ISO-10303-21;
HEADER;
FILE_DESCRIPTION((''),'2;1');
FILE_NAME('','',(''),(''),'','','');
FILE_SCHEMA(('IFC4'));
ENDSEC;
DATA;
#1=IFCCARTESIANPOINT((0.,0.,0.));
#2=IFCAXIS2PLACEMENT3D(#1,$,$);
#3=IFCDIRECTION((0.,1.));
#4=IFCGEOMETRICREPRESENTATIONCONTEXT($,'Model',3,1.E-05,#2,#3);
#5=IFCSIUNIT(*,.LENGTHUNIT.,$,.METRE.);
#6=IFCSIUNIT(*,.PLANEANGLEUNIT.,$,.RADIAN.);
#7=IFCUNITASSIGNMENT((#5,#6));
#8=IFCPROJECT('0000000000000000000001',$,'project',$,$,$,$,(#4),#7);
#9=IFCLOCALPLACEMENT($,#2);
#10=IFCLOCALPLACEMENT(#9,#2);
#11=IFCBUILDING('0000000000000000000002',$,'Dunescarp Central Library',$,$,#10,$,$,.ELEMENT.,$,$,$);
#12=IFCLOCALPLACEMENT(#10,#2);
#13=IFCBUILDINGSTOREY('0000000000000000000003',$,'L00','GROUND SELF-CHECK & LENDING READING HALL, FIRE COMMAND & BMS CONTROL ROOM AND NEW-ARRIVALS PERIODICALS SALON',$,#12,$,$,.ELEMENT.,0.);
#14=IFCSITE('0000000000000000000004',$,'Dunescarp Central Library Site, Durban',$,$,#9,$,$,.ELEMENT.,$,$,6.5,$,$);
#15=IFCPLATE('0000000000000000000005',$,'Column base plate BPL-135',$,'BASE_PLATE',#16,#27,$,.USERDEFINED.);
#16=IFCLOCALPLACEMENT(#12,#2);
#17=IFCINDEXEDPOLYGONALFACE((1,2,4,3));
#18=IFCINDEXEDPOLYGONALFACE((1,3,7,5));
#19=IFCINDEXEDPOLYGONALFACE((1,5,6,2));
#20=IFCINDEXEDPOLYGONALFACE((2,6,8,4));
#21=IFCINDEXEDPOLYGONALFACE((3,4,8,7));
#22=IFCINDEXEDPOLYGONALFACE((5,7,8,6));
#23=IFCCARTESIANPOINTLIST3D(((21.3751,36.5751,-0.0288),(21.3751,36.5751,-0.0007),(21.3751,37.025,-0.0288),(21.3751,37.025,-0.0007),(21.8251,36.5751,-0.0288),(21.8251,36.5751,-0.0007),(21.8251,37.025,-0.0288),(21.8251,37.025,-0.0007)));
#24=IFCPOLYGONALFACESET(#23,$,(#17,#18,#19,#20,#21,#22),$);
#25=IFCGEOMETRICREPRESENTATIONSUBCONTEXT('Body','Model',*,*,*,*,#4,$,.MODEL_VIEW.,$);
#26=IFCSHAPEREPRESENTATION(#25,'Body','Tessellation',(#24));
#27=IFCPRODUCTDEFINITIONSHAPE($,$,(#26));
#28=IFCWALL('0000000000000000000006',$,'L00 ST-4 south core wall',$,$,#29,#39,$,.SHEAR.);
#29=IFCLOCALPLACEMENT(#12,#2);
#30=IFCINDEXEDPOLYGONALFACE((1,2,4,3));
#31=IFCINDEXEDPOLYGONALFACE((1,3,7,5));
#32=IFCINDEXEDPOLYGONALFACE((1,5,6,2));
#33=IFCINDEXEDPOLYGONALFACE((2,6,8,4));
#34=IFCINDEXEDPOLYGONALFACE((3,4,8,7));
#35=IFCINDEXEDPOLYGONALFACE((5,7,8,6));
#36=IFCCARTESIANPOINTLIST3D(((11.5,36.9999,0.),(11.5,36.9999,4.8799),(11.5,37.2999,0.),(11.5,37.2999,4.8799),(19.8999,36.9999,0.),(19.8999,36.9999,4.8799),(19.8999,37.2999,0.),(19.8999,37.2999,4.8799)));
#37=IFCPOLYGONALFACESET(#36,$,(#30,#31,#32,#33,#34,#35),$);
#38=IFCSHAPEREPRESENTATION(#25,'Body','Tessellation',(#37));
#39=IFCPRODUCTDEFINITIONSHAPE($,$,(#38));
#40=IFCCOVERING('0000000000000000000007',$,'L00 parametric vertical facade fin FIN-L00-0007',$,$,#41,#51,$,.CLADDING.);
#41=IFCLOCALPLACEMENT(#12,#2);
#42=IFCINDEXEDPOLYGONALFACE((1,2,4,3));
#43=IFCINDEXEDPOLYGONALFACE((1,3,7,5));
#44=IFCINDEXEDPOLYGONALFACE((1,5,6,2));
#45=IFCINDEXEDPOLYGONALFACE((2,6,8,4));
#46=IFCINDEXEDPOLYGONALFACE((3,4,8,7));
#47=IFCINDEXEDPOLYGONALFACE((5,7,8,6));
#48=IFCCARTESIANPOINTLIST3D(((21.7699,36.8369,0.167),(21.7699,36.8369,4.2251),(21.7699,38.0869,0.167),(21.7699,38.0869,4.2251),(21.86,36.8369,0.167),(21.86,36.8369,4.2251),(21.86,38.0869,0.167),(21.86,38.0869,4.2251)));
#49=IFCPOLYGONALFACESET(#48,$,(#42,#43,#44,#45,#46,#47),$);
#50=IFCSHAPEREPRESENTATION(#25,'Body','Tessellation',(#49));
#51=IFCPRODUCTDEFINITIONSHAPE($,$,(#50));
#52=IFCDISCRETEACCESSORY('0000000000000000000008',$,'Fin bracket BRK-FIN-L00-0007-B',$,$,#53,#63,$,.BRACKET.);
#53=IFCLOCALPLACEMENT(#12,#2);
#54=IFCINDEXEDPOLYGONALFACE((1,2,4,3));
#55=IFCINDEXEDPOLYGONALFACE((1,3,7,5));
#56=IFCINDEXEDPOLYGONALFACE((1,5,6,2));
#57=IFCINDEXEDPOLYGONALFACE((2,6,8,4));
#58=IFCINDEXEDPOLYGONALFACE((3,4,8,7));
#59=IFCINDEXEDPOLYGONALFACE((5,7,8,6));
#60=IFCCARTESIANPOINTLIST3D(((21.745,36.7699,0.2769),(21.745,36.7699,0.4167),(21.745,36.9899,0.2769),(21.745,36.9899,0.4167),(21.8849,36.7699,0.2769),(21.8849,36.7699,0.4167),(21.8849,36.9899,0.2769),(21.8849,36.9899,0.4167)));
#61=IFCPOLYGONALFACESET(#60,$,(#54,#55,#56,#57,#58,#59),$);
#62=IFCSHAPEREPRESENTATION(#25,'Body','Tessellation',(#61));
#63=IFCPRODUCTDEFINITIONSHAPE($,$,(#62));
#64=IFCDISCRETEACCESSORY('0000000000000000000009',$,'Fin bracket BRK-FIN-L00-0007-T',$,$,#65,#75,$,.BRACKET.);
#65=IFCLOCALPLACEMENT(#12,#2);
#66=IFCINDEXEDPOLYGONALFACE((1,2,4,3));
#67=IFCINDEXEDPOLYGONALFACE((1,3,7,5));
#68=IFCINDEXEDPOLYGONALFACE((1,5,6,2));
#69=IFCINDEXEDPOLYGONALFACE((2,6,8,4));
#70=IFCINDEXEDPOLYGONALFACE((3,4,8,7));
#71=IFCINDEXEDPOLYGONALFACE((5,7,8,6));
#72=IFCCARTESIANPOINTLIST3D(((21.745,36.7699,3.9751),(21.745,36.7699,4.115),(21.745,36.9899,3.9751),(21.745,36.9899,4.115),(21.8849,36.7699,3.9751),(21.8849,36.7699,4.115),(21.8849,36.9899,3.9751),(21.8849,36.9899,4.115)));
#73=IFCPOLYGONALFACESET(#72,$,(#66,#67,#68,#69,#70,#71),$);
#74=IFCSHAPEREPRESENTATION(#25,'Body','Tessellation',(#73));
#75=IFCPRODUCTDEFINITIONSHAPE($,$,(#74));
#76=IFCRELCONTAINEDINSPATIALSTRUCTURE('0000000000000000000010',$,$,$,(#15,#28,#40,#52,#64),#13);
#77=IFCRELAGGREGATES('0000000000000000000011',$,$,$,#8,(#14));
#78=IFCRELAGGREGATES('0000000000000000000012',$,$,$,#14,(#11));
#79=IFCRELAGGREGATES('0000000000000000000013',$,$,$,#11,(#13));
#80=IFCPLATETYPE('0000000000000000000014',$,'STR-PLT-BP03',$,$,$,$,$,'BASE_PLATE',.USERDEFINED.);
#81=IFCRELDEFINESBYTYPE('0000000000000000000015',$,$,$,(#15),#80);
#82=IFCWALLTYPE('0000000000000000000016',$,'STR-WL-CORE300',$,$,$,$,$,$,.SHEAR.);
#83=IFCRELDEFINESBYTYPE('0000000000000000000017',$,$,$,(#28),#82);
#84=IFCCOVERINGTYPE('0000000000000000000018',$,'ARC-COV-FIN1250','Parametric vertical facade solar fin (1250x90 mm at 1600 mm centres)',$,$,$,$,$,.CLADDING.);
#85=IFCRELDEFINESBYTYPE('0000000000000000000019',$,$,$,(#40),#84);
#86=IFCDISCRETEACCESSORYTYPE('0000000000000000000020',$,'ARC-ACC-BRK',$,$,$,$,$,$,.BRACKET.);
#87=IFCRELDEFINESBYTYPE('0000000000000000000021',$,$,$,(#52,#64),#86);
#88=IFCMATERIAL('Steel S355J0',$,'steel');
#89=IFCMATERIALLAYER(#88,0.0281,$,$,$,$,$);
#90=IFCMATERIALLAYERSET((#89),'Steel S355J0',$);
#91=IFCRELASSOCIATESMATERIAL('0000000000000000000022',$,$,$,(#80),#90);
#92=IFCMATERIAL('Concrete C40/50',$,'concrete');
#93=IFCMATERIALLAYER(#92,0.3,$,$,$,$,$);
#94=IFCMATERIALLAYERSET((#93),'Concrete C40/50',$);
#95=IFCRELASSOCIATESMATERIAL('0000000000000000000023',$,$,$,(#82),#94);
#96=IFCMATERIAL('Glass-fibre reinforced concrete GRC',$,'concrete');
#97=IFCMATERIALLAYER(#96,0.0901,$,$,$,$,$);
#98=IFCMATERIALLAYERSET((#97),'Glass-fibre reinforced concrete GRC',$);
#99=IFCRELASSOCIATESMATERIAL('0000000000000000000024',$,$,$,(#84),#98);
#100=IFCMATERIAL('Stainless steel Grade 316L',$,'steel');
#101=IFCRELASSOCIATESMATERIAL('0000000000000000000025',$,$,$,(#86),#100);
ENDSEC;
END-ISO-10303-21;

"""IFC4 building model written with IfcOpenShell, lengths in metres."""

from ifc_helpers import new_model, si_unit, direction, frame, frame_2d, origin, origin_2d, place, context, subcontext, project, spatial, rectangle, extrude, material, layer, layer_set, type_object, element, save


model = new_model("IFC4")

# Units and contexts
model_context = context("Model", 3, precision=1e-05, world=origin(), true_north=direction((0.0, 1.0)))
body_context = subcontext(model_context, "Body", "Model", "MODEL_VIEW")
ifc_project = project(units=[si_unit("LENGTHUNIT", "METRE"), si_unit("PLANEANGLEUNIT", "RADIAN")], contexts=[model_context])

# Site, building, storey
site_placement = place(None, origin())
site = spatial("IfcSite", under=ifc_project, at=site_placement, Name="Dunescarp Central Library Site, Durban", CompositionType="ELEMENT", RefElevation=6.5)
building_placement = place(site_placement, origin())
building = spatial("IfcBuilding", under=site, at=building_placement, Name="Dunescarp Central Library", CompositionType="ELEMENT")
storey_placement = place(building_placement, origin())
storey = spatial("IfcBuildingStorey", under=building, at=storey_placement, Name="L00", Description="GROUND SELF-CHECK & LENDING READING HALL, FIRE COMMAND & BMS CONTROL ROOM AND NEW-ARRIVALS PERIODICALS SALON", CompositionType="ELEMENT", Elevation=0.0)

# Shared definitions
ifc_material_1 = material(Name="Concrete C40/50", Category="concrete")

# Plate
ifc_material_2 = material(Name="Steel S355J0", Category="steel")
ifc_layer_1 = layer(ifc_material_2, 0.0281)
ifc_layer_set_1 = layer_set([ifc_layer_1], Name="Steel S355J0")
plate_type_1 = type_object("IfcPlateType", Name="STR-PLT-BP03", ElementType="BASE_PLATE", PredefinedType="USERDEFINED", material=ifc_layer_set_1)
plate_1_placement = place(storey_placement, frame((21.6001, 36.8, -0.0288), z_axis=(0.0, 0.0, 1.0), x_axis=(1.0, 0.0, 0.0)))
element("IfcPlate", 1, at=plate_1_placement, inside=storey, type_object=plate_type_1, Name="Column base plate BPL-135", ObjectType="BASE_PLATE", PredefinedType="USERDEFINED", context=body_context, shape_type="SweptSolid", body=[
    extrude(rectangle(XDim=0.45, YDim=0.45, at=origin_2d()), origin(), (0.0, 0.0, 1.0), 0.0281),
])

# Wall
ifc_layer_2 = layer(ifc_material_1, 0.3)
ifc_layer_set_2 = layer_set([ifc_layer_2], Name="Concrete C40/50")
wall_type = type_object("IfcWallType", Name="STR-WL-CORE300", PredefinedType="SHEAR", material=ifc_layer_set_2)
wall_placement = place(storey_placement, frame((19.8999, 37.1499, 0.0), z_axis=(0.0, 0.0, 1.0), x_axis=(-1.0, 0.0, 0.0)))
element("IfcWall", 2, at=wall_placement, inside=storey, type_object=wall_type, Name="L00 ST-4 south core wall", PredefinedType="SHEAR", context=body_context, shape_type="SweptSolid", body=[
    extrude(rectangle(XDim=8.3999, YDim=0.3, at=frame_2d((4.2, 0.0))), origin(), (0.0, 0.0, 1.0), 4.8799),
])

# Covering
ifc_material_3 = material(Name="Glass-fibre reinforced concrete GRC", Category="concrete")
ifc_layer_3 = layer(ifc_material_3, 0.0901)
ifc_layer_set_3 = layer_set([ifc_layer_3], Name="Glass-fibre reinforced concrete GRC")
covering_type = type_object("IfcCoveringType", Name="ARC-COV-FIN1250", Description="Parametric vertical facade solar fin (1250x90 mm at 1600 mm centres)", PredefinedType="CLADDING", material=ifc_layer_set_3)
covering_placement = place(storey_placement, frame((21.8149, 37.4619, 0.167), z_axis=(0.0, 0.0, 1.0), x_axis=(0.0, 1.0, 0.0)))
element("IfcCovering", 3, at=covering_placement, inside=storey, type_object=covering_type, Name="L00 parametric vertical facade fin FIN-L00-0007", PredefinedType="CLADDING", context=body_context, shape_type="SweptSolid", body=[
    extrude(rectangle(XDim=1.25, YDim=0.0901, at=origin_2d()), origin(), (0.0, 0.0, 1.0), 4.0581),
])

# Discrete accessories
ifc_material_4 = material(Name="Stainless steel Grade 316L", Category="steel")
discrete_accessory_type = type_object("IfcDiscreteAccessoryType", Name="ARC-ACC-BRK", PredefinedType="BRACKET", material=ifc_material_4)
for number, where, z_axis, x_axis, name in (
    (4, (21.8149, 36.8799, 0.2769), (0.0, 0.0, 1.0), (0.0, 1.0, 0.0), "Fin bracket BRK-FIN-L00-0007-B"),
    (5, (21.8149, 36.8799, 3.9751), (0.0, 0.0, 1.0), (0.0, 1.0, 0.0), "Fin bracket BRK-FIN-L00-0007-T"),
):
    element("IfcDiscreteAccessory", number, at=place(storey_placement, frame(where, z_axis=z_axis, x_axis=x_axis)), inside=storey, type_object=discrete_accessory_type, Name=name, PredefinedType="BRACKET", context=body_context, shape_type="SweptSolid", body=[
        extrude(rectangle(XDim=0.22, YDim=0.1399, at=origin_2d()), origin(), (0.0, 0.0, 1.0), 0.1399),
    ])

save(model, "model.ifc")
